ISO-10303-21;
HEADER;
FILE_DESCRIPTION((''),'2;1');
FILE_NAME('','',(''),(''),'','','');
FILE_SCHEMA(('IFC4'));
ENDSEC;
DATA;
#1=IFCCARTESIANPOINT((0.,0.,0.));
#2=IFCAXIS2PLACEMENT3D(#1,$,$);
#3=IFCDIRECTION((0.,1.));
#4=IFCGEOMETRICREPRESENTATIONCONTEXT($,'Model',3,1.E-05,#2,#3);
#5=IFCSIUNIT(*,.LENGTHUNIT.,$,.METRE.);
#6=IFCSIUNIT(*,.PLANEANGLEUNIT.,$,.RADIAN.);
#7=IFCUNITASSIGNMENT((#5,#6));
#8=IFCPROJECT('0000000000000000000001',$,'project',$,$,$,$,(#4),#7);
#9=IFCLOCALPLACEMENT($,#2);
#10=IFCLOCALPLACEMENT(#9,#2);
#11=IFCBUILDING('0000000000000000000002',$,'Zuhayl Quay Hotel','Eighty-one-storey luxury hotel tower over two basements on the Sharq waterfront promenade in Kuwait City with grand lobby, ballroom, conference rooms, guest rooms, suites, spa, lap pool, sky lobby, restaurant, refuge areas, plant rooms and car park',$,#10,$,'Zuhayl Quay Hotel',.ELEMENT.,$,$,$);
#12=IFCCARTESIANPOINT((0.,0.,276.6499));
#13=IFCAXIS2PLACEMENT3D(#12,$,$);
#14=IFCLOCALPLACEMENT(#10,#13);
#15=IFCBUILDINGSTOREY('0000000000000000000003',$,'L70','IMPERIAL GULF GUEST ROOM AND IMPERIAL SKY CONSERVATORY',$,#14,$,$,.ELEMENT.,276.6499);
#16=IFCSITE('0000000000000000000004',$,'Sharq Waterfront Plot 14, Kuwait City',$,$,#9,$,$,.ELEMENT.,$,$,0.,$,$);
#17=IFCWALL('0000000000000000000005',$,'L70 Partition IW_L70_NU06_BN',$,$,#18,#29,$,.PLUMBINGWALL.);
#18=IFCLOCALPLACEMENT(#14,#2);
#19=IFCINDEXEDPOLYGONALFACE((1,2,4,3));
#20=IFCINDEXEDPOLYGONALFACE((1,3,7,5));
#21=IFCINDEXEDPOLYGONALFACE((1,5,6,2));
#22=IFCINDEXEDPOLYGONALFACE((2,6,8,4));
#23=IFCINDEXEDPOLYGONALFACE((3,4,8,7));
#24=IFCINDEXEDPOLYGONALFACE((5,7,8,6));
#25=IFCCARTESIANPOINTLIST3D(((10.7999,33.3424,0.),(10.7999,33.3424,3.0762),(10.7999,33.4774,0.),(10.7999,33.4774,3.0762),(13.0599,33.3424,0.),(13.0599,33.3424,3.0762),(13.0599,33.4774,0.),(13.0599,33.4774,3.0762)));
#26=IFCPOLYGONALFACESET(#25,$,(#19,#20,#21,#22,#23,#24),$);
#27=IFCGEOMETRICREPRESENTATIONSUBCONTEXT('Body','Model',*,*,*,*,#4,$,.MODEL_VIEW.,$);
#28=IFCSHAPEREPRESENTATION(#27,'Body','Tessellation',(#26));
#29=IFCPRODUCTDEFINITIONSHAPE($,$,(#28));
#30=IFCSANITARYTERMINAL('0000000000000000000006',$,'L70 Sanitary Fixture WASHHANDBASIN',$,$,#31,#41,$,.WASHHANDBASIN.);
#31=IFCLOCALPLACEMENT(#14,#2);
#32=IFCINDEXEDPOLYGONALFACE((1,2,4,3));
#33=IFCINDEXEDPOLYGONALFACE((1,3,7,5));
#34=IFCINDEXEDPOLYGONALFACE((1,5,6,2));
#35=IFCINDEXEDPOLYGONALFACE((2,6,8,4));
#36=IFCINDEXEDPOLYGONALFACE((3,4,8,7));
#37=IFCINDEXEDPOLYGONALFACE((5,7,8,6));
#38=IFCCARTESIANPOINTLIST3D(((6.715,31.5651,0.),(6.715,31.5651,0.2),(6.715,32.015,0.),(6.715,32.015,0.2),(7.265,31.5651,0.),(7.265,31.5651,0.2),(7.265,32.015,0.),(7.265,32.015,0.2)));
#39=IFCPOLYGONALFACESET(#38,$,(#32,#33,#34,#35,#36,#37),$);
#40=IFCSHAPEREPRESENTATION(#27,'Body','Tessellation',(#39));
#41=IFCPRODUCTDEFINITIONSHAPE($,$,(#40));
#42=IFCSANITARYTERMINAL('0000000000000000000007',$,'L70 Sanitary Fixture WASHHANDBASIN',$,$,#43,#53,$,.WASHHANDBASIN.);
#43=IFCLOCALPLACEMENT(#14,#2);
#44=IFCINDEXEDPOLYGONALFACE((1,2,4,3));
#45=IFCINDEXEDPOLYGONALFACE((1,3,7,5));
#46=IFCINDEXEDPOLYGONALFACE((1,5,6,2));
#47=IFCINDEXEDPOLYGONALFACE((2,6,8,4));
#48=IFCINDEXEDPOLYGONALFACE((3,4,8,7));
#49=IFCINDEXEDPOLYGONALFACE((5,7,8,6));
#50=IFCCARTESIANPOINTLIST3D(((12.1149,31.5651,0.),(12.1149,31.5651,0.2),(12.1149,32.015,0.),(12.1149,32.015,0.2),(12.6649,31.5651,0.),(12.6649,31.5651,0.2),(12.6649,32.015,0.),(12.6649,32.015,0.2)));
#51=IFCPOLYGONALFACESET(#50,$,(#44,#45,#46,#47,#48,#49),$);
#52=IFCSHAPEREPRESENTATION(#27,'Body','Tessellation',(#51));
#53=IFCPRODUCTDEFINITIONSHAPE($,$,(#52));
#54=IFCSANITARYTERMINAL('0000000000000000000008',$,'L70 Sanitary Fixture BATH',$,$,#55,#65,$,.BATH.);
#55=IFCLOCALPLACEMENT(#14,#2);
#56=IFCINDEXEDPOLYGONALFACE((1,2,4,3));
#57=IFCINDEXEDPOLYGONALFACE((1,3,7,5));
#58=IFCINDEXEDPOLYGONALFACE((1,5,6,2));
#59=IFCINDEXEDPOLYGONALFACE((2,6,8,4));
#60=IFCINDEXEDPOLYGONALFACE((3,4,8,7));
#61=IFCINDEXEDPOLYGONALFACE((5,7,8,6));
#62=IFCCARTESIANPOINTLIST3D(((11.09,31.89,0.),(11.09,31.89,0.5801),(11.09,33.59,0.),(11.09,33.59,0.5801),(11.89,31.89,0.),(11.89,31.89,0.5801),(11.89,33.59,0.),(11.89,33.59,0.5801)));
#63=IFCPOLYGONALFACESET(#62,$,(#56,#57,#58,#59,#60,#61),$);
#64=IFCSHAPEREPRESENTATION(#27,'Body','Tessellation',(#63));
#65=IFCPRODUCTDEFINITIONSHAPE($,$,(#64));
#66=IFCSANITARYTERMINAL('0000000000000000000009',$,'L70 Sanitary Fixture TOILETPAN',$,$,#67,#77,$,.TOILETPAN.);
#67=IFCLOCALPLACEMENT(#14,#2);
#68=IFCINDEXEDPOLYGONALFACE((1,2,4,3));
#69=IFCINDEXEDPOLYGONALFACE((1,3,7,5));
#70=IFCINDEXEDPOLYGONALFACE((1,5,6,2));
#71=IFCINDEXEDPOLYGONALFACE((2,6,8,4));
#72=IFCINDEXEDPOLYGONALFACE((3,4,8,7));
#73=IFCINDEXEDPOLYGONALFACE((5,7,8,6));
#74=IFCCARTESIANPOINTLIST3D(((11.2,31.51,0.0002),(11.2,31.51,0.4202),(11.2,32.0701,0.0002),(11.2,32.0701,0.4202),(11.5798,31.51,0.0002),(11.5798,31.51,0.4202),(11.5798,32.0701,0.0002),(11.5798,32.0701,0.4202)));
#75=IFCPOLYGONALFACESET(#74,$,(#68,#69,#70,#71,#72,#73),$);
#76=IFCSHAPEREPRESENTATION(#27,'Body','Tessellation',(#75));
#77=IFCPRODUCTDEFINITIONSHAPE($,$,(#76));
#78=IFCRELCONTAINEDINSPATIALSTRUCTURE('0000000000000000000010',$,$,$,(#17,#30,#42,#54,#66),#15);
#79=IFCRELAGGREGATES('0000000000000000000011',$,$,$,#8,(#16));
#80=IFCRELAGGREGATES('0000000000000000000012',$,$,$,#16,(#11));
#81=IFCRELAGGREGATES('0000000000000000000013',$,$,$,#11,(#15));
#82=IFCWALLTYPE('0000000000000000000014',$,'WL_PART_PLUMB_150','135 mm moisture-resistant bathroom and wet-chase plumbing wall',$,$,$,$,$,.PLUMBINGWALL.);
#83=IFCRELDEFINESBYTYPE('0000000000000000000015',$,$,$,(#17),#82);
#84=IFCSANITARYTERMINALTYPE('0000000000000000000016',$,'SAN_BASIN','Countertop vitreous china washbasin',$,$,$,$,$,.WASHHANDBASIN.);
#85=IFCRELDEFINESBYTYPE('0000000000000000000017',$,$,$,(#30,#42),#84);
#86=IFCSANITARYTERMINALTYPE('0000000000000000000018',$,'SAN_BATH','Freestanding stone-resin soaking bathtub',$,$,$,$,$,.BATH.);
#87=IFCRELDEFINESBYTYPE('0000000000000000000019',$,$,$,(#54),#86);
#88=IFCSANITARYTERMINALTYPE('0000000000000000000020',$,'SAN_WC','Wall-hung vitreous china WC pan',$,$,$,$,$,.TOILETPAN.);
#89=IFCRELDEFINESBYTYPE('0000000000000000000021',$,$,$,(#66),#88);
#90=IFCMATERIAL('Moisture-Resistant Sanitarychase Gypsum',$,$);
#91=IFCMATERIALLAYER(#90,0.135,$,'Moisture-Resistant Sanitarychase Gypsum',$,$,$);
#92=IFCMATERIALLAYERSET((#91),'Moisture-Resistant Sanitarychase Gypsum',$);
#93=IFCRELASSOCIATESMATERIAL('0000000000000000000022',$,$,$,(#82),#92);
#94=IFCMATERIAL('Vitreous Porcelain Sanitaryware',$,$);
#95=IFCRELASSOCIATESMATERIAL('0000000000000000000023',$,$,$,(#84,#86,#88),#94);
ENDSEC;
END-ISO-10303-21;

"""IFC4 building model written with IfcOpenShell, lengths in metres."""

from ifc_helpers import new_model, si_unit, direction, frame, frame_2d, origin, origin_2d, place, context, subcontext, project, spatial, rectangle, extrude, material, layer, layer_set, type_object, element, save


model = new_model("IFC4")

# Units and contexts
model_context = context("Model", 3, precision=1e-05, world=origin(), true_north=direction((0.0, 1.0)))
body_context = subcontext(model_context, "Body", "Model", "MODEL_VIEW")
ifc_project = project(units=[si_unit("LENGTHUNIT", "METRE"), si_unit("PLANEANGLEUNIT", "RADIAN")], contexts=[model_context])

# Site, building, storey
site_placement = place(None, origin())
site = spatial("IfcSite", under=ifc_project, at=site_placement, Name="Sharq Waterfront Plot 14, Kuwait City", CompositionType="ELEMENT", RefElevation=0.0)
building_placement = place(site_placement, origin())
building = spatial("IfcBuilding", under=site, at=building_placement, Name="Zuhayl Quay Hotel", Description="Eighty-one-storey luxury hotel tower over two basements on the Sharq waterfront promenade in Kuwait City with grand lobby, ballroom, conference rooms, guest rooms, suites, spa, lap pool, sky lobby, restaurant, refuge areas, plant rooms and car park", LongName="Zuhayl Quay Hotel", CompositionType="ELEMENT")
storey_placement = place(building_placement, frame((0.0, 0.0, 276.6499)))
storey = spatial("IfcBuildingStorey", under=building, at=storey_placement, Name="L70", Description="IMPERIAL GULF GUEST ROOM AND IMPERIAL SKY CONSERVATORY", CompositionType="ELEMENT", Elevation=276.6499)

# Shared definitions
ifc_material_1 = material(Name="Moisture-Resistant Sanitarychase Gypsum")
ifc_layer_1 = layer(ifc_material_1, 0.135, Name="Moisture-Resistant Sanitarychase Gypsum")
ifc_layer_set_1 = layer_set([ifc_layer_1], Name="Moisture-Resistant Sanitarychase Gypsum")
wall_type_1 = type_object("IfcWallType", Name="WL_PART_PLUMB_150", Description="135 mm moisture-resistant bathroom and wet-chase plumbing wall", PredefinedType="PLUMBINGWALL", material=ifc_layer_set_1)

# Wall
wall_1_placement = place(storey_placement, frame((10.8, 33.4099, 0.0), z_axis=(0.0, 0.0, 1.0), x_axis=(1.0, 0.0, 0.0)))
element("IfcWall", 1, at=wall_1_placement, inside=storey, type_object=wall_type_1, Name="L70 Partition IW_L70_NU06_BN", PredefinedType="PLUMBINGWALL", context=body_context, shape_type="SweptSolid", body=[
    extrude(rectangle(XDim=2.26, YDim=0.135, at=frame_2d((1.1299, 0.0))), origin(), (0.0, 0.0, 1.0), 3.0762),
])

# Sanitary terminals
ifc_material_2 = material(Name="Vitreous Porcelain Sanitaryware")
sanitary_terminal_type_1 = type_object("IfcSanitaryTerminalType", Name="SAN_BASIN", Description="Countertop vitreous china washbasin", PredefinedType="WASHHANDBASIN", material=ifc_material_2)
for number, where, z_axis, x_axis, name in (
    (2, (6.99, 31.79, 0.0), (0.0, 0.0, 1.0), (1.0, 0.0, 0.0), "L70 Sanitary Fixture WASHHANDBASIN"),
    (3, (12.3899, 31.79, 0.0), (0.0, 0.0, 1.0), (1.0, 0.0, 0.0), "L70 Sanitary Fixture WASHHANDBASIN"),
):
    element("IfcSanitaryTerminal", number, at=place(storey_placement, frame(where, z_axis=z_axis, x_axis=x_axis)), inside=storey, type_object=sanitary_terminal_type_1, Name=name, PredefinedType="WASHHANDBASIN", context=body_context, shape_type="SweptSolid", body=[
        extrude(rectangle(XDim=0.55, YDim=0.45, at=origin_2d()), origin(), (0.0, 0.0, 1.0), 0.2),
    ])
sanitary_terminal_type_2 = type_object("IfcSanitaryTerminalType", Name="SAN_BATH", Description="Freestanding stone-resin soaking bathtub", PredefinedType="BATH", material=ifc_material_2)
sanitary_terminal_1_placement = place(storey_placement, frame((11.49, 32.74, 0.0), z_axis=(0.0, 0.0, 1.0), x_axis=(1.0, 0.0, 0.0)))
element("IfcSanitaryTerminal", 4, at=sanitary_terminal_1_placement, inside=storey, type_object=sanitary_terminal_type_2, Name="L70 Sanitary Fixture BATH", PredefinedType="BATH", context=body_context, shape_type="SweptSolid", body=[
    extrude(rectangle(XDim=0.8, YDim=1.7, at=origin_2d()), origin(), (0.0, 0.0, 1.0), 0.5801),
])
sanitary_terminal_type_3 = type_object("IfcSanitaryTerminalType", Name="SAN_WC", Description="Wall-hung vitreous china WC pan", PredefinedType="TOILETPAN", material=ifc_material_2)
sanitary_terminal_2_placement = place(storey_placement, frame((11.3899, 31.79, 0.0002), z_axis=(0.0, 0.0, 1.0), x_axis=(1.0, 0.0, 0.0)))
element("IfcSanitaryTerminal", 5, at=sanitary_terminal_2_placement, inside=storey, type_object=sanitary_terminal_type_3, Name="L70 Sanitary Fixture TOILETPAN", PredefinedType="TOILETPAN", context=body_context, shape_type="SweptSolid", body=[
    extrude(rectangle(XDim=0.3799, YDim=0.5601, at=origin_2d()), origin(), (0.0, 0.0, 1.0), 0.4199),
])

save(model, "model.ifc")
